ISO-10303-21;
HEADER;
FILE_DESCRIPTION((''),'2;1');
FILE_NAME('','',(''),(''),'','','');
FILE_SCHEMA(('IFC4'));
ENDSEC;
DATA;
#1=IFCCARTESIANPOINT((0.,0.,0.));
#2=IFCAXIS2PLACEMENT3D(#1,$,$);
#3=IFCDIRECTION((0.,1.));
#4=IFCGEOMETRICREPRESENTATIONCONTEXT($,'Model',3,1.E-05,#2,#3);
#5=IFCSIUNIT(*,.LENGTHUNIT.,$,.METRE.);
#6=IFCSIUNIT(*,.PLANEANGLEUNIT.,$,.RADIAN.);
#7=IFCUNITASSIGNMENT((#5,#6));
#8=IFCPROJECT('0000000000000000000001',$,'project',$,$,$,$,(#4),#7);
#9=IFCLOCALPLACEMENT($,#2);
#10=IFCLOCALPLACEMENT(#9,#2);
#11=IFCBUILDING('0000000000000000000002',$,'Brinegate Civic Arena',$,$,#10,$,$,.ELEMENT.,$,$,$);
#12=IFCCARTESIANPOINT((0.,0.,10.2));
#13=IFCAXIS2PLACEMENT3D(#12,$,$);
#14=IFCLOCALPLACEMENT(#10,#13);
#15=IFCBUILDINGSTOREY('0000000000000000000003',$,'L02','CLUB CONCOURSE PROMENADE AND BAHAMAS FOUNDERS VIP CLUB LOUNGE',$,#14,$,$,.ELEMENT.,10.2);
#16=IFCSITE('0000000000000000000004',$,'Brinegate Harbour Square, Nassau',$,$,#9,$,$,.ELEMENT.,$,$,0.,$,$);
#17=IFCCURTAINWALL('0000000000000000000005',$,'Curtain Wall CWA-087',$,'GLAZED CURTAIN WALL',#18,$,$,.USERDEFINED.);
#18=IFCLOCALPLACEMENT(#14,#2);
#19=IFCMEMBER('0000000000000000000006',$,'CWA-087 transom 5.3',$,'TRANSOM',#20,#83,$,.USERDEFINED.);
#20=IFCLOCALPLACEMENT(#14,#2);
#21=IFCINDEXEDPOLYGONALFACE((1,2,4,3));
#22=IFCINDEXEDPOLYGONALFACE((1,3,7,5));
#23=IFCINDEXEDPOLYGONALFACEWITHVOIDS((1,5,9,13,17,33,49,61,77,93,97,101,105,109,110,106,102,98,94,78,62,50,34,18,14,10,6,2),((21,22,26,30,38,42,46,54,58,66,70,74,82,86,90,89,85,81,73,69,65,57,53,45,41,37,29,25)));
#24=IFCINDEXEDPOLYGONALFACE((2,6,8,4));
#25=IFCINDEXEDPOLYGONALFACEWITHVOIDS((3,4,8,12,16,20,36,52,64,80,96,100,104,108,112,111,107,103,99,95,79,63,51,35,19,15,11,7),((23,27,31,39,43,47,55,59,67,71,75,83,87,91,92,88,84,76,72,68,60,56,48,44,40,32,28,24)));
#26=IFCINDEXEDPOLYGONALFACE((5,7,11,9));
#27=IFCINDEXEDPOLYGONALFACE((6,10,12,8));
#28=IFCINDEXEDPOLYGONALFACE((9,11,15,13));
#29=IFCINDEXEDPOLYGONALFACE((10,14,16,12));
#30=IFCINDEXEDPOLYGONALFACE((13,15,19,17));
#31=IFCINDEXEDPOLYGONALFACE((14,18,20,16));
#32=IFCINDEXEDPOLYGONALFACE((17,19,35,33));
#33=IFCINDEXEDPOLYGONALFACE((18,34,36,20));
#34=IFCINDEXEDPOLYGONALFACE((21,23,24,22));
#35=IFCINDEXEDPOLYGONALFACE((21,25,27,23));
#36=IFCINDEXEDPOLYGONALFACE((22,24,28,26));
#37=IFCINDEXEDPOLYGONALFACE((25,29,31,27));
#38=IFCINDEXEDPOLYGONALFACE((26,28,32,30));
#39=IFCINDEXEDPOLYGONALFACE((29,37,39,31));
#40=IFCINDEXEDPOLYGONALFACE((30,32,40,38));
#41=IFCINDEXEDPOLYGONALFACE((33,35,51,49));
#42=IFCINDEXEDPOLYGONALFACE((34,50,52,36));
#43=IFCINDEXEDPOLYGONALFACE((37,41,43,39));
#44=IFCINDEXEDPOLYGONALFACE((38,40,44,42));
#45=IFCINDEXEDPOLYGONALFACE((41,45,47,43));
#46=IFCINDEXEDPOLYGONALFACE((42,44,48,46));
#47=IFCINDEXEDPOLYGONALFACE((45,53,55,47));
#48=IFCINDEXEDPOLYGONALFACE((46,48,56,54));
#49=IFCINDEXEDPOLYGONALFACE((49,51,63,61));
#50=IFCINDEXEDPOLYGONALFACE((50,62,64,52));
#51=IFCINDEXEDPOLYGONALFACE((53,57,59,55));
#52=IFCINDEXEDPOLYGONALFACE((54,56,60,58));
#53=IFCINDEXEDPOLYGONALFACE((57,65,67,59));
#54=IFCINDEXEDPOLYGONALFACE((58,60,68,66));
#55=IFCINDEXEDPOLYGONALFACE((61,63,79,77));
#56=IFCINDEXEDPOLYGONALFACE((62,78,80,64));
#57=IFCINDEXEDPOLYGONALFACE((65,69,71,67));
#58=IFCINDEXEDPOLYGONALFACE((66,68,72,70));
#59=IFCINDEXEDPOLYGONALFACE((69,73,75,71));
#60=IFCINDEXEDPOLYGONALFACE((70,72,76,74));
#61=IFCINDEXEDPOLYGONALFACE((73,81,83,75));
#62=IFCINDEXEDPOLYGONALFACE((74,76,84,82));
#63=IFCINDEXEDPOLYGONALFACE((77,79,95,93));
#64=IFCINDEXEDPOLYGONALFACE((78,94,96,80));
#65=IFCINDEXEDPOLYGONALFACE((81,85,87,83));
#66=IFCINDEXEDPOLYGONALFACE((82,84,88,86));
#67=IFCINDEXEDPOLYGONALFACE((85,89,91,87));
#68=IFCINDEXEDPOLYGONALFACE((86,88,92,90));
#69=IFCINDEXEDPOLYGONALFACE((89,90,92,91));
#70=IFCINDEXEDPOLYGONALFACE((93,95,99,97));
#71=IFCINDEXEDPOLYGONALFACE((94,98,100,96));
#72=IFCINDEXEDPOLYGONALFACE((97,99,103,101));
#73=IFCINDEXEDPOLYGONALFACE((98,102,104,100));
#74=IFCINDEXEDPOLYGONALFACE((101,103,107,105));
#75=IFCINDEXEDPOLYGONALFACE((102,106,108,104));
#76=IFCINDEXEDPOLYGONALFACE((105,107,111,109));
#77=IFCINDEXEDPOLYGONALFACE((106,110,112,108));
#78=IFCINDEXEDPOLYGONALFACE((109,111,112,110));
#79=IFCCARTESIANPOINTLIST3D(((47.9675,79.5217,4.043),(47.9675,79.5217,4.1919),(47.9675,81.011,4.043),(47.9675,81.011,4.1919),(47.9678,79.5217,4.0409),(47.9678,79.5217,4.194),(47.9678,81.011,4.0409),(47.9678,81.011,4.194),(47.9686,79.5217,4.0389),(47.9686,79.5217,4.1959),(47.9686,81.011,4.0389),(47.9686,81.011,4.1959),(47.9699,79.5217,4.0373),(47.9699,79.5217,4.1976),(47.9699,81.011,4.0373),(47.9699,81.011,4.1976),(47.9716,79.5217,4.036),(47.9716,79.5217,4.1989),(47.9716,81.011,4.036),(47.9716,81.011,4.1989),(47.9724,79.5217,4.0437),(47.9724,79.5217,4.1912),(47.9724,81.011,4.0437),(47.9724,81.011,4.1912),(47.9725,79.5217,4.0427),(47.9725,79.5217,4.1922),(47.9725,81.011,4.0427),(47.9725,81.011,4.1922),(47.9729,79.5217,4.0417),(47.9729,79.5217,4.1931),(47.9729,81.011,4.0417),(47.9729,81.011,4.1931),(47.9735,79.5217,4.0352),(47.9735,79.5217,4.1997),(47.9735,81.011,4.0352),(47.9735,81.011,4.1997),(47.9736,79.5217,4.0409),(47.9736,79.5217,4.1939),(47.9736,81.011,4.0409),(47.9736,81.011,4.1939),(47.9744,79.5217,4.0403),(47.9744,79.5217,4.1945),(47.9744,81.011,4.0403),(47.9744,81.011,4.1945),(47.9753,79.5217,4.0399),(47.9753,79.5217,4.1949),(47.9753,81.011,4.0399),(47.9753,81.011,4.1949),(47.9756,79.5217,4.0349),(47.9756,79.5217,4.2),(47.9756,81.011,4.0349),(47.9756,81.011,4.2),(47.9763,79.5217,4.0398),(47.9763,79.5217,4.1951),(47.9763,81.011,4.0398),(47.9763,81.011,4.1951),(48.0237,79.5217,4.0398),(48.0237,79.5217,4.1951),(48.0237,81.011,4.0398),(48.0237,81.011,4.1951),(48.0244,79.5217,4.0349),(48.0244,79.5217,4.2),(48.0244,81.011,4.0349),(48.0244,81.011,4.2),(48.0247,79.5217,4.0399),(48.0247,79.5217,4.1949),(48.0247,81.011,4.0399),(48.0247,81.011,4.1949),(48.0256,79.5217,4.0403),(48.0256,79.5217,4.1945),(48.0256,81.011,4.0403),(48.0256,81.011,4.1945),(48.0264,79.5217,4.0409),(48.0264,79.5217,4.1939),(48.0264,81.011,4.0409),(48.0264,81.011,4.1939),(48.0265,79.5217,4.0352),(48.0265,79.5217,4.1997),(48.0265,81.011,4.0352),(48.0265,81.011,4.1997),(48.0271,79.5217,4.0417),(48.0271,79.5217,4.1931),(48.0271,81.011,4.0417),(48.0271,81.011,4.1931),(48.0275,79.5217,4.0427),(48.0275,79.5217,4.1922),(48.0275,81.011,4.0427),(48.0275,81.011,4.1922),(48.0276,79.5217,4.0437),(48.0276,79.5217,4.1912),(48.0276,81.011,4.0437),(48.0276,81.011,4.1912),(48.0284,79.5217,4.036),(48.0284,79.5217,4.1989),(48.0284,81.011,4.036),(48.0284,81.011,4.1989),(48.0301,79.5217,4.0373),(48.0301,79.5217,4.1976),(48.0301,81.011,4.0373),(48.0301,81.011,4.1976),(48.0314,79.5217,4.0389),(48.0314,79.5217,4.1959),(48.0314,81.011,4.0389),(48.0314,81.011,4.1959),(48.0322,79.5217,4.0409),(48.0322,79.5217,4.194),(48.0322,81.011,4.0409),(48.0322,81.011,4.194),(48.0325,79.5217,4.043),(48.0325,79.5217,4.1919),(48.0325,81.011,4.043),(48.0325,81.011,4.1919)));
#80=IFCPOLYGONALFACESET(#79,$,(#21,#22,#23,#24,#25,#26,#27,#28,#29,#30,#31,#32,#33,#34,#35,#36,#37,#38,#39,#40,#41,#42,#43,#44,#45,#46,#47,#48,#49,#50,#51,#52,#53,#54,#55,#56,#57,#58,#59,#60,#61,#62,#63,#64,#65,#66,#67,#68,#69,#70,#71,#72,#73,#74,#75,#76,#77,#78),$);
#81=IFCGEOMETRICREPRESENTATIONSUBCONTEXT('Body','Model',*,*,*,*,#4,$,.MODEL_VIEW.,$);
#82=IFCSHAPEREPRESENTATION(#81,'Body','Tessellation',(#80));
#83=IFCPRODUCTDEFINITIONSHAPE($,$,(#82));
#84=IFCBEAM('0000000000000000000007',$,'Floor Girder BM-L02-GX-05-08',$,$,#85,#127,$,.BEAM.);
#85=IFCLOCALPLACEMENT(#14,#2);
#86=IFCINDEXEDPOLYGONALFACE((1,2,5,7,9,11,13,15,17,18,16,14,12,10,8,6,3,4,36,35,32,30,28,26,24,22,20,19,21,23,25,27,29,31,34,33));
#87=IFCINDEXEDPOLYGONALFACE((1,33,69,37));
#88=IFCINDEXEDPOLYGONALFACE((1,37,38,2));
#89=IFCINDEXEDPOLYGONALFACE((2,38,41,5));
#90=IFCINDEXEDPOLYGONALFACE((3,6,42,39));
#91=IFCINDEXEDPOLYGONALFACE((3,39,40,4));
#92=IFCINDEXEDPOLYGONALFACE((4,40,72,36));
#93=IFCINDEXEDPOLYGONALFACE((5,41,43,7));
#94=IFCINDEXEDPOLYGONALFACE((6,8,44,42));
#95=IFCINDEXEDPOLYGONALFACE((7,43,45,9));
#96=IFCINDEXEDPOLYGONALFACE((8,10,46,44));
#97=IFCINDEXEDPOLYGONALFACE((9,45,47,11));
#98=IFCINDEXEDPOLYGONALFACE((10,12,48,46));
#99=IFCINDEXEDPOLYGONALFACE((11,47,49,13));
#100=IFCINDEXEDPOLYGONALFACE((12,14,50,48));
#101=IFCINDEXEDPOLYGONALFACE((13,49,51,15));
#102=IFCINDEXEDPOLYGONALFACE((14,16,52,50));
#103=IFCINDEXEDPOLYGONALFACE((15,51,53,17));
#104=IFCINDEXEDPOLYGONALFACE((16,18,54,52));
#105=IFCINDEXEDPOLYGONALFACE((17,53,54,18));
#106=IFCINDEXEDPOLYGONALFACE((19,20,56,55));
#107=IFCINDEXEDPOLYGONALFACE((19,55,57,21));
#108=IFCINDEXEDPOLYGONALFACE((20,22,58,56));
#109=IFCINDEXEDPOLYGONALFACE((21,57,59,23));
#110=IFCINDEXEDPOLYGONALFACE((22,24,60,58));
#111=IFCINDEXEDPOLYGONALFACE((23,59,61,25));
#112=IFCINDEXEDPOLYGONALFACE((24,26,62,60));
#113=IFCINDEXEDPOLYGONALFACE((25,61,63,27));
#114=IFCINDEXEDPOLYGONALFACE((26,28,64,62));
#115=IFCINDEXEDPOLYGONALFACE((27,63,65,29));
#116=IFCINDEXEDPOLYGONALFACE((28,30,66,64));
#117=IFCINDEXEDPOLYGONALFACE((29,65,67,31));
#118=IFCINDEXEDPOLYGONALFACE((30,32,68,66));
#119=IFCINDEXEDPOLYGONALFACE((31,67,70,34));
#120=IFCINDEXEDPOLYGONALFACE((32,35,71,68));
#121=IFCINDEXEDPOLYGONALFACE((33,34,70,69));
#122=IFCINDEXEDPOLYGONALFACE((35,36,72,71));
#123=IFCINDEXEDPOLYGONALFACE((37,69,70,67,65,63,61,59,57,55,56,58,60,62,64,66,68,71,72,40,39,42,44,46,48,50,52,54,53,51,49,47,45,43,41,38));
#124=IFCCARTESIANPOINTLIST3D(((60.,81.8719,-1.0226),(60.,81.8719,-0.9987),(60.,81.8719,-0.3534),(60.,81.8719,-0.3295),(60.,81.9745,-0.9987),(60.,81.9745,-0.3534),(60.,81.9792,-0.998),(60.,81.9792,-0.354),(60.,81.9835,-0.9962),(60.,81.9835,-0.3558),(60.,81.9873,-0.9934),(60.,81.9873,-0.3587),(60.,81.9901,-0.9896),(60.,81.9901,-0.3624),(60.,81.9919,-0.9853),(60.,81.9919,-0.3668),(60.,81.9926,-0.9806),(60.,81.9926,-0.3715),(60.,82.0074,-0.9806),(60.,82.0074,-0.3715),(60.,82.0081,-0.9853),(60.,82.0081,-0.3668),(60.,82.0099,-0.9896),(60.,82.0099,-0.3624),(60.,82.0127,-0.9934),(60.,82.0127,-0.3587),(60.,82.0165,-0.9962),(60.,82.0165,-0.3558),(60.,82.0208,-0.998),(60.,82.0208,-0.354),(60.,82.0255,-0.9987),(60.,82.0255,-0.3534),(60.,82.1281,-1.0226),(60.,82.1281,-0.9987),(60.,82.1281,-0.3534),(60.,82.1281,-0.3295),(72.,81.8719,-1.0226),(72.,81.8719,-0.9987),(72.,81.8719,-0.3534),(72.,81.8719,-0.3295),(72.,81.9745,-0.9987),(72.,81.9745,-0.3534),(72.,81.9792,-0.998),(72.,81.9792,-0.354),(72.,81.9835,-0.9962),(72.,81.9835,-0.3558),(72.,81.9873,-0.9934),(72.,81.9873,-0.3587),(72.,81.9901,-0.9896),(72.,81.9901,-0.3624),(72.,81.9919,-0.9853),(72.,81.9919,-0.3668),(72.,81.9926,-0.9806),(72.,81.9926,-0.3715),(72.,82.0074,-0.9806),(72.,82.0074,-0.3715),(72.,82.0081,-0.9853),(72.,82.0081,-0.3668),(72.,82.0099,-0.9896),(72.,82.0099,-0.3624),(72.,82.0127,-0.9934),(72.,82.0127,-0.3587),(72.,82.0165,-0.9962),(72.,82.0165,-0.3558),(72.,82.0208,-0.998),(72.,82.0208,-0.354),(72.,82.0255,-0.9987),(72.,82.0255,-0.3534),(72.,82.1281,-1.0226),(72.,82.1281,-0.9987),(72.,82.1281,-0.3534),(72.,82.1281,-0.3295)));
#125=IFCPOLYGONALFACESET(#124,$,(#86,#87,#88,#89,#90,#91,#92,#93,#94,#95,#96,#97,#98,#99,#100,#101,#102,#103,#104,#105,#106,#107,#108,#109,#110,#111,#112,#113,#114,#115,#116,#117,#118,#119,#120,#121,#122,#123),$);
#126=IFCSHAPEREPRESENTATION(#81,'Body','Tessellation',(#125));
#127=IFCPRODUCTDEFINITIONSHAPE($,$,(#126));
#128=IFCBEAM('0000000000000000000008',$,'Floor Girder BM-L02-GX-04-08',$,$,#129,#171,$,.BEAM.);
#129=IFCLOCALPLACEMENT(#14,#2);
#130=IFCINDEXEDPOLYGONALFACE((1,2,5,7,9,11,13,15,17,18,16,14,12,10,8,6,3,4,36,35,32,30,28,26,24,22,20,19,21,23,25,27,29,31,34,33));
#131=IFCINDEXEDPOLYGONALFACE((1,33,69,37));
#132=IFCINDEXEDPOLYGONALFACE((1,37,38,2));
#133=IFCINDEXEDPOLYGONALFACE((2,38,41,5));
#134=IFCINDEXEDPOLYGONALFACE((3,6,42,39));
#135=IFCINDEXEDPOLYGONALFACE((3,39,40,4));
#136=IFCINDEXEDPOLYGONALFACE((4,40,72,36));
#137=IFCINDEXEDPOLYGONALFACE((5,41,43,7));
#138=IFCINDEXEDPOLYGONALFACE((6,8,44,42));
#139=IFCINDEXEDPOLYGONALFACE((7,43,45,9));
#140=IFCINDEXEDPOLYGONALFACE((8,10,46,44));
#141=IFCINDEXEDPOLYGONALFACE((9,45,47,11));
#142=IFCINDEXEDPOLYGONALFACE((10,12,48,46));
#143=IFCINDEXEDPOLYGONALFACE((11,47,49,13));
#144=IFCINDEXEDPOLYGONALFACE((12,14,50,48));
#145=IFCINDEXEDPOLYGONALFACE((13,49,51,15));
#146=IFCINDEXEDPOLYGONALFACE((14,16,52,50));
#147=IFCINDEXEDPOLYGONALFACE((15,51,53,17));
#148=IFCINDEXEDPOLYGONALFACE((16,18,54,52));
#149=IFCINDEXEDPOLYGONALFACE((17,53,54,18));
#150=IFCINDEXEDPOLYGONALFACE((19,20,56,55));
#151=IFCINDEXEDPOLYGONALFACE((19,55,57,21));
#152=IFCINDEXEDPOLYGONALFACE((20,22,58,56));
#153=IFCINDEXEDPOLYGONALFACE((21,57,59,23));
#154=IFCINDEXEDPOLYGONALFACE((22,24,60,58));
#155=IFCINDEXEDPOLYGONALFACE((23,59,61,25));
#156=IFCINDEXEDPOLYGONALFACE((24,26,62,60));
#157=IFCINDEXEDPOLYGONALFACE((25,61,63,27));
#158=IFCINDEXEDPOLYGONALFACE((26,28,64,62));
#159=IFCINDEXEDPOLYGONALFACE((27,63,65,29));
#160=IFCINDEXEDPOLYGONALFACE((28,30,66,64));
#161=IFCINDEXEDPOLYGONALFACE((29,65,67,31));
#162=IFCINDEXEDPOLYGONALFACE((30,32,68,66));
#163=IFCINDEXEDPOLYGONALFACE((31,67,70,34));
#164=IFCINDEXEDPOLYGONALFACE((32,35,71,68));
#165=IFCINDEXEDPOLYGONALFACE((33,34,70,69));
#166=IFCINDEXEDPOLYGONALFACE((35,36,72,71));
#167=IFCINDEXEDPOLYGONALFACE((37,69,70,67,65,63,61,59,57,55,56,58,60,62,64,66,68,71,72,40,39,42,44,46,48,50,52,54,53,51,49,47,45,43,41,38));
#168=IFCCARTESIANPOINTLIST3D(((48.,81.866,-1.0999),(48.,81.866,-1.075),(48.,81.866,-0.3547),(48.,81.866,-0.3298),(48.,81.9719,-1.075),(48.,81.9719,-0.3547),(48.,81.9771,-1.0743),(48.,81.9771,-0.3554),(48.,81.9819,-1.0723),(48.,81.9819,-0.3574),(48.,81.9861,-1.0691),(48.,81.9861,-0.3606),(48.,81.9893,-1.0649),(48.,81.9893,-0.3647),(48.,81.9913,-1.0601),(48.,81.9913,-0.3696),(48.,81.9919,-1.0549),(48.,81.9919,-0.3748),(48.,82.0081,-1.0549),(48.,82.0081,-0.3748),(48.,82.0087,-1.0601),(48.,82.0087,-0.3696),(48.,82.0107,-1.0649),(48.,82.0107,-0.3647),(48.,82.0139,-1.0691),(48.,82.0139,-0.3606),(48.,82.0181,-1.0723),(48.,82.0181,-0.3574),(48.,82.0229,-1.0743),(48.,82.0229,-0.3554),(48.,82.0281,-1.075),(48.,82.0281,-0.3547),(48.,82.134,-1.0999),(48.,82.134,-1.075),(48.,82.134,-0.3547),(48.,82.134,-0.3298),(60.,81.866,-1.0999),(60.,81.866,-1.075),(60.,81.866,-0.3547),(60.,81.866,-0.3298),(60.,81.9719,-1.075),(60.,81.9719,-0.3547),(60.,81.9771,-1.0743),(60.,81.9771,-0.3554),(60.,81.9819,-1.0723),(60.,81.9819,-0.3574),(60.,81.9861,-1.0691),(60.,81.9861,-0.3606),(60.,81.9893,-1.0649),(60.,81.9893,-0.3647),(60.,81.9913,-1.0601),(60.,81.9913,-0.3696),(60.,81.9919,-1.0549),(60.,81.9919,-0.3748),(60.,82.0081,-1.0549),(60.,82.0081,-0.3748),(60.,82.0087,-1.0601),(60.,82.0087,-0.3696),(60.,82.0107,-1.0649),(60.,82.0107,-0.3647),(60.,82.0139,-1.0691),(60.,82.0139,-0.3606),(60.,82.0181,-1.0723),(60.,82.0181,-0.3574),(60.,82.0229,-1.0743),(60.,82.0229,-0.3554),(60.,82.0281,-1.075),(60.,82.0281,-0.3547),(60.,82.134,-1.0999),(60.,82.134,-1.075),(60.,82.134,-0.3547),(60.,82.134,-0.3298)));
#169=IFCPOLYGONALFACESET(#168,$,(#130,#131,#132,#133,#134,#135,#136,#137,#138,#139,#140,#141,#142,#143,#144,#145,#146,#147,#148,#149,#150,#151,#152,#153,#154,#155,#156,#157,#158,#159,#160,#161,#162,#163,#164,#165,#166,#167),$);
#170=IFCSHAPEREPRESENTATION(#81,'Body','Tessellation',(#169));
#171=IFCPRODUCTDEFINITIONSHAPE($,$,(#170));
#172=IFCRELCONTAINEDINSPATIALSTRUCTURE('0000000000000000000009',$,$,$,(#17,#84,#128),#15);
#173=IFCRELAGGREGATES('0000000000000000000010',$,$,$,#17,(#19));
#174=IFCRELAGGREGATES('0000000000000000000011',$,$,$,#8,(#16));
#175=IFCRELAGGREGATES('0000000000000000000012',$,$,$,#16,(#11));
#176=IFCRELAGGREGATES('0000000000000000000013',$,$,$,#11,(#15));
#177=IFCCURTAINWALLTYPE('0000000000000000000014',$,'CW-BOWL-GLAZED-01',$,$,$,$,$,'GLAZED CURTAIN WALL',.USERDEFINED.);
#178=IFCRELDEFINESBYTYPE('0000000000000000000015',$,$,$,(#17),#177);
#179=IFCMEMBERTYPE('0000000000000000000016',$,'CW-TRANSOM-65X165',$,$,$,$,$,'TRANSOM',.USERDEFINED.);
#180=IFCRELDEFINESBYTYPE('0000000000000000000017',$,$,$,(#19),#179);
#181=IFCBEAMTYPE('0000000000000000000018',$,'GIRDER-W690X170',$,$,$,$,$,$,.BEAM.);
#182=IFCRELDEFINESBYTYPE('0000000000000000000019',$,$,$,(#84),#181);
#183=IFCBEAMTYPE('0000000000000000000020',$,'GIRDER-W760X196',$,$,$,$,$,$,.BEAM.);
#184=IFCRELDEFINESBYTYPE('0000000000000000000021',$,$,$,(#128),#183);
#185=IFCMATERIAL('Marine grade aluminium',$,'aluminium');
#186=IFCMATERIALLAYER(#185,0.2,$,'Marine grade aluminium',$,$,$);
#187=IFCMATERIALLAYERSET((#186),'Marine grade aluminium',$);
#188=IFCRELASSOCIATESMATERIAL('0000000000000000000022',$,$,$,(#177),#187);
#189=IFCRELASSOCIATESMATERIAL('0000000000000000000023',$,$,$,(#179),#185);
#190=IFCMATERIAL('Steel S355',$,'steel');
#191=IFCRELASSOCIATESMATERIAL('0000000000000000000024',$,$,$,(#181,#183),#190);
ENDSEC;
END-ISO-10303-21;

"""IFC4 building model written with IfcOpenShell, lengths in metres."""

from ifc_helpers import new_model, si_unit, direction, frame, origin, origin_2d, place, context, subcontext, project, spatial, hollow_rectangle, i_section, extrude, material, layer, layer_set, material_profile, profile_set, type_object, element, aggregate, save


model = new_model("IFC4")

# Units and contexts
model_context = context("Model", 3, precision=1e-05, world=origin(), true_north=direction((0.0, 1.0)))
body_context = subcontext(model_context, "Body", "Model", "MODEL_VIEW")
ifc_project = project(units=[si_unit("LENGTHUNIT", "METRE"), si_unit("PLANEANGLEUNIT", "RADIAN")], contexts=[model_context])

# Site, building, storey
site_placement = place(None, origin())
site = spatial("IfcSite", under=ifc_project, at=site_placement, Name="Brinegate Harbour Square, Nassau", CompositionType="ELEMENT", RefElevation=0.0)
building_placement = place(site_placement, origin())
building = spatial("IfcBuilding", under=site, at=building_placement, Name="Brinegate Civic Arena", CompositionType="ELEMENT")
storey_placement = place(building_placement, frame((0.0, 0.0, 10.2)))
storey = spatial("IfcBuildingStorey", under=building, at=storey_placement, Name="L02", Description="CLUB CONCOURSE PROMENADE AND BAHAMAS FOUNDERS VIP CLUB LOUNGE", CompositionType="ELEMENT", Elevation=10.2)

# Shared definitions
ifc_material_1 = material(Name="Steel S355", Category="steel")

# Shared definitions
ifc_material_2 = material(Name="Marine grade aluminium", Category="aluminium")
ifc_layer_1 = layer(ifc_material_2, 0.2, Name="Marine grade aluminium")
ifc_layer_set_1 = layer_set([ifc_layer_1], Name="Marine grade aluminium")
curtain_wall_type = type_object("IfcCurtainWallType", Name="CW-BOWL-GLAZED-01", ElementType="GLAZED CURTAIN WALL", PredefinedType="USERDEFINED", material=ifc_layer_set_1)

# Curtain wall
curtain_wall_1_placement = place(storey_placement, origin())
curtain_wall_1 = element("IfcCurtainWall", 1, at=curtain_wall_1_placement, inside=storey, type_object=curtain_wall_type, Name="Curtain Wall CWA-087", ObjectType="GLAZED CURTAIN WALL", PredefinedType="USERDEFINED")

# Member
ifc_material_profile_1 = material_profile(ifc_material_2, hollow_rectangle(XDim=0.0649, YDim=0.165, WallThickness=0.0049, InnerFilletRadius=0.0039, OuterFilletRadius=0.0081, at=origin_2d()), Name="TRN65X165")
ifc_profile_set_1 = profile_set([ifc_material_profile_1], Name="Marine grade aluminium")
member_type_1 = type_object("IfcMemberType", Name="CW-TRANSOM-65X165", ElementType="TRANSOM", PredefinedType="USERDEFINED", material=ifc_profile_set_1)
member_1_placement = place(storey_placement, frame((48.0, 79.5217, 4.1174), z_axis=(0.0, 1.0, 0.0), x_axis=(-1.0, 0.0, 0.0)))
member_1 = element("IfcMember", 2, at=member_1_placement, type_object=member_type_1, Name="CWA-087 transom 5.3", ObjectType="TRANSOM", PredefinedType="USERDEFINED", context=body_context, shape_type="SweptSolid", body=[
    extrude(hollow_rectangle(XDim=0.0649, YDim=0.165, WallThickness=0.0049, InnerFilletRadius=0.0039, OuterFilletRadius=0.0081, at=origin_2d()), origin(), (0.0, 0.0, 1.0), 1.4893),
])

# Beams
ifc_material_profile_2 = material_profile(ifc_material_1, i_section(OverallWidth=0.2561, OverallDepth=0.6931, WebThickness=0.0149, FlangeThickness=0.0239, FilletRadius=0.0181, at=origin_2d()), Name="W690X170")
ifc_profile_set_2 = profile_set([ifc_material_profile_2], Name="Steel S355")
beam_type_1 = type_object("IfcBeamType", Name="GIRDER-W690X170", PredefinedType="BEAM", material=ifc_profile_set_2)
beam_1_placement = place(storey_placement, frame((60.0, 82.0, -0.676), z_axis=(1.0, 0.0, 0.0), x_axis=(0.0, 1.0, 0.0)))
element("IfcBeam", 3, at=beam_1_placement, inside=storey, type_object=beam_type_1, Name="Floor Girder BM-L02-GX-05-08", PredefinedType="BEAM", context=body_context, shape_type="SweptSolid", body=[
    extrude(i_section(OverallWidth=0.2561, OverallDepth=0.6931, WebThickness=0.0149, FlangeThickness=0.0239, FilletRadius=0.0181, at=origin_2d()), origin(), (0.0, 0.0, 1.0), 12.0),
])
ifc_material_profile_3 = material_profile(ifc_material_1, i_section(OverallWidth=0.2681, OverallDepth=0.77, WebThickness=0.0161, FlangeThickness=0.0249, FilletRadius=0.02, at=origin_2d()), Name="W760X196")
ifc_profile_set_3 = profile_set([ifc_material_profile_3], Name="Steel S355")
beam_type_2 = type_object("IfcBeamType", Name="GIRDER-W760X196", PredefinedType="BEAM", material=ifc_profile_set_3)
beam_2_placement = place(storey_placement, frame((48.0, 82.0, -0.7148), z_axis=(1.0, 0.0, 0.0), x_axis=(0.0, 1.0, 0.0)))
element("IfcBeam", 4, at=beam_2_placement, inside=storey, type_object=beam_type_2, Name="Floor Girder BM-L02-GX-04-08", PredefinedType="BEAM", context=body_context, shape_type="SweptSolid", body=[
    extrude(i_section(OverallWidth=0.2681, OverallDepth=0.77, WebThickness=0.0161, FlangeThickness=0.0249, FilletRadius=0.02, at=origin_2d()), origin(), (0.0, 0.0, 1.0), 12.0),
])

aggregate(curtain_wall_1, [member_1])

save(model, "model.ifc")
